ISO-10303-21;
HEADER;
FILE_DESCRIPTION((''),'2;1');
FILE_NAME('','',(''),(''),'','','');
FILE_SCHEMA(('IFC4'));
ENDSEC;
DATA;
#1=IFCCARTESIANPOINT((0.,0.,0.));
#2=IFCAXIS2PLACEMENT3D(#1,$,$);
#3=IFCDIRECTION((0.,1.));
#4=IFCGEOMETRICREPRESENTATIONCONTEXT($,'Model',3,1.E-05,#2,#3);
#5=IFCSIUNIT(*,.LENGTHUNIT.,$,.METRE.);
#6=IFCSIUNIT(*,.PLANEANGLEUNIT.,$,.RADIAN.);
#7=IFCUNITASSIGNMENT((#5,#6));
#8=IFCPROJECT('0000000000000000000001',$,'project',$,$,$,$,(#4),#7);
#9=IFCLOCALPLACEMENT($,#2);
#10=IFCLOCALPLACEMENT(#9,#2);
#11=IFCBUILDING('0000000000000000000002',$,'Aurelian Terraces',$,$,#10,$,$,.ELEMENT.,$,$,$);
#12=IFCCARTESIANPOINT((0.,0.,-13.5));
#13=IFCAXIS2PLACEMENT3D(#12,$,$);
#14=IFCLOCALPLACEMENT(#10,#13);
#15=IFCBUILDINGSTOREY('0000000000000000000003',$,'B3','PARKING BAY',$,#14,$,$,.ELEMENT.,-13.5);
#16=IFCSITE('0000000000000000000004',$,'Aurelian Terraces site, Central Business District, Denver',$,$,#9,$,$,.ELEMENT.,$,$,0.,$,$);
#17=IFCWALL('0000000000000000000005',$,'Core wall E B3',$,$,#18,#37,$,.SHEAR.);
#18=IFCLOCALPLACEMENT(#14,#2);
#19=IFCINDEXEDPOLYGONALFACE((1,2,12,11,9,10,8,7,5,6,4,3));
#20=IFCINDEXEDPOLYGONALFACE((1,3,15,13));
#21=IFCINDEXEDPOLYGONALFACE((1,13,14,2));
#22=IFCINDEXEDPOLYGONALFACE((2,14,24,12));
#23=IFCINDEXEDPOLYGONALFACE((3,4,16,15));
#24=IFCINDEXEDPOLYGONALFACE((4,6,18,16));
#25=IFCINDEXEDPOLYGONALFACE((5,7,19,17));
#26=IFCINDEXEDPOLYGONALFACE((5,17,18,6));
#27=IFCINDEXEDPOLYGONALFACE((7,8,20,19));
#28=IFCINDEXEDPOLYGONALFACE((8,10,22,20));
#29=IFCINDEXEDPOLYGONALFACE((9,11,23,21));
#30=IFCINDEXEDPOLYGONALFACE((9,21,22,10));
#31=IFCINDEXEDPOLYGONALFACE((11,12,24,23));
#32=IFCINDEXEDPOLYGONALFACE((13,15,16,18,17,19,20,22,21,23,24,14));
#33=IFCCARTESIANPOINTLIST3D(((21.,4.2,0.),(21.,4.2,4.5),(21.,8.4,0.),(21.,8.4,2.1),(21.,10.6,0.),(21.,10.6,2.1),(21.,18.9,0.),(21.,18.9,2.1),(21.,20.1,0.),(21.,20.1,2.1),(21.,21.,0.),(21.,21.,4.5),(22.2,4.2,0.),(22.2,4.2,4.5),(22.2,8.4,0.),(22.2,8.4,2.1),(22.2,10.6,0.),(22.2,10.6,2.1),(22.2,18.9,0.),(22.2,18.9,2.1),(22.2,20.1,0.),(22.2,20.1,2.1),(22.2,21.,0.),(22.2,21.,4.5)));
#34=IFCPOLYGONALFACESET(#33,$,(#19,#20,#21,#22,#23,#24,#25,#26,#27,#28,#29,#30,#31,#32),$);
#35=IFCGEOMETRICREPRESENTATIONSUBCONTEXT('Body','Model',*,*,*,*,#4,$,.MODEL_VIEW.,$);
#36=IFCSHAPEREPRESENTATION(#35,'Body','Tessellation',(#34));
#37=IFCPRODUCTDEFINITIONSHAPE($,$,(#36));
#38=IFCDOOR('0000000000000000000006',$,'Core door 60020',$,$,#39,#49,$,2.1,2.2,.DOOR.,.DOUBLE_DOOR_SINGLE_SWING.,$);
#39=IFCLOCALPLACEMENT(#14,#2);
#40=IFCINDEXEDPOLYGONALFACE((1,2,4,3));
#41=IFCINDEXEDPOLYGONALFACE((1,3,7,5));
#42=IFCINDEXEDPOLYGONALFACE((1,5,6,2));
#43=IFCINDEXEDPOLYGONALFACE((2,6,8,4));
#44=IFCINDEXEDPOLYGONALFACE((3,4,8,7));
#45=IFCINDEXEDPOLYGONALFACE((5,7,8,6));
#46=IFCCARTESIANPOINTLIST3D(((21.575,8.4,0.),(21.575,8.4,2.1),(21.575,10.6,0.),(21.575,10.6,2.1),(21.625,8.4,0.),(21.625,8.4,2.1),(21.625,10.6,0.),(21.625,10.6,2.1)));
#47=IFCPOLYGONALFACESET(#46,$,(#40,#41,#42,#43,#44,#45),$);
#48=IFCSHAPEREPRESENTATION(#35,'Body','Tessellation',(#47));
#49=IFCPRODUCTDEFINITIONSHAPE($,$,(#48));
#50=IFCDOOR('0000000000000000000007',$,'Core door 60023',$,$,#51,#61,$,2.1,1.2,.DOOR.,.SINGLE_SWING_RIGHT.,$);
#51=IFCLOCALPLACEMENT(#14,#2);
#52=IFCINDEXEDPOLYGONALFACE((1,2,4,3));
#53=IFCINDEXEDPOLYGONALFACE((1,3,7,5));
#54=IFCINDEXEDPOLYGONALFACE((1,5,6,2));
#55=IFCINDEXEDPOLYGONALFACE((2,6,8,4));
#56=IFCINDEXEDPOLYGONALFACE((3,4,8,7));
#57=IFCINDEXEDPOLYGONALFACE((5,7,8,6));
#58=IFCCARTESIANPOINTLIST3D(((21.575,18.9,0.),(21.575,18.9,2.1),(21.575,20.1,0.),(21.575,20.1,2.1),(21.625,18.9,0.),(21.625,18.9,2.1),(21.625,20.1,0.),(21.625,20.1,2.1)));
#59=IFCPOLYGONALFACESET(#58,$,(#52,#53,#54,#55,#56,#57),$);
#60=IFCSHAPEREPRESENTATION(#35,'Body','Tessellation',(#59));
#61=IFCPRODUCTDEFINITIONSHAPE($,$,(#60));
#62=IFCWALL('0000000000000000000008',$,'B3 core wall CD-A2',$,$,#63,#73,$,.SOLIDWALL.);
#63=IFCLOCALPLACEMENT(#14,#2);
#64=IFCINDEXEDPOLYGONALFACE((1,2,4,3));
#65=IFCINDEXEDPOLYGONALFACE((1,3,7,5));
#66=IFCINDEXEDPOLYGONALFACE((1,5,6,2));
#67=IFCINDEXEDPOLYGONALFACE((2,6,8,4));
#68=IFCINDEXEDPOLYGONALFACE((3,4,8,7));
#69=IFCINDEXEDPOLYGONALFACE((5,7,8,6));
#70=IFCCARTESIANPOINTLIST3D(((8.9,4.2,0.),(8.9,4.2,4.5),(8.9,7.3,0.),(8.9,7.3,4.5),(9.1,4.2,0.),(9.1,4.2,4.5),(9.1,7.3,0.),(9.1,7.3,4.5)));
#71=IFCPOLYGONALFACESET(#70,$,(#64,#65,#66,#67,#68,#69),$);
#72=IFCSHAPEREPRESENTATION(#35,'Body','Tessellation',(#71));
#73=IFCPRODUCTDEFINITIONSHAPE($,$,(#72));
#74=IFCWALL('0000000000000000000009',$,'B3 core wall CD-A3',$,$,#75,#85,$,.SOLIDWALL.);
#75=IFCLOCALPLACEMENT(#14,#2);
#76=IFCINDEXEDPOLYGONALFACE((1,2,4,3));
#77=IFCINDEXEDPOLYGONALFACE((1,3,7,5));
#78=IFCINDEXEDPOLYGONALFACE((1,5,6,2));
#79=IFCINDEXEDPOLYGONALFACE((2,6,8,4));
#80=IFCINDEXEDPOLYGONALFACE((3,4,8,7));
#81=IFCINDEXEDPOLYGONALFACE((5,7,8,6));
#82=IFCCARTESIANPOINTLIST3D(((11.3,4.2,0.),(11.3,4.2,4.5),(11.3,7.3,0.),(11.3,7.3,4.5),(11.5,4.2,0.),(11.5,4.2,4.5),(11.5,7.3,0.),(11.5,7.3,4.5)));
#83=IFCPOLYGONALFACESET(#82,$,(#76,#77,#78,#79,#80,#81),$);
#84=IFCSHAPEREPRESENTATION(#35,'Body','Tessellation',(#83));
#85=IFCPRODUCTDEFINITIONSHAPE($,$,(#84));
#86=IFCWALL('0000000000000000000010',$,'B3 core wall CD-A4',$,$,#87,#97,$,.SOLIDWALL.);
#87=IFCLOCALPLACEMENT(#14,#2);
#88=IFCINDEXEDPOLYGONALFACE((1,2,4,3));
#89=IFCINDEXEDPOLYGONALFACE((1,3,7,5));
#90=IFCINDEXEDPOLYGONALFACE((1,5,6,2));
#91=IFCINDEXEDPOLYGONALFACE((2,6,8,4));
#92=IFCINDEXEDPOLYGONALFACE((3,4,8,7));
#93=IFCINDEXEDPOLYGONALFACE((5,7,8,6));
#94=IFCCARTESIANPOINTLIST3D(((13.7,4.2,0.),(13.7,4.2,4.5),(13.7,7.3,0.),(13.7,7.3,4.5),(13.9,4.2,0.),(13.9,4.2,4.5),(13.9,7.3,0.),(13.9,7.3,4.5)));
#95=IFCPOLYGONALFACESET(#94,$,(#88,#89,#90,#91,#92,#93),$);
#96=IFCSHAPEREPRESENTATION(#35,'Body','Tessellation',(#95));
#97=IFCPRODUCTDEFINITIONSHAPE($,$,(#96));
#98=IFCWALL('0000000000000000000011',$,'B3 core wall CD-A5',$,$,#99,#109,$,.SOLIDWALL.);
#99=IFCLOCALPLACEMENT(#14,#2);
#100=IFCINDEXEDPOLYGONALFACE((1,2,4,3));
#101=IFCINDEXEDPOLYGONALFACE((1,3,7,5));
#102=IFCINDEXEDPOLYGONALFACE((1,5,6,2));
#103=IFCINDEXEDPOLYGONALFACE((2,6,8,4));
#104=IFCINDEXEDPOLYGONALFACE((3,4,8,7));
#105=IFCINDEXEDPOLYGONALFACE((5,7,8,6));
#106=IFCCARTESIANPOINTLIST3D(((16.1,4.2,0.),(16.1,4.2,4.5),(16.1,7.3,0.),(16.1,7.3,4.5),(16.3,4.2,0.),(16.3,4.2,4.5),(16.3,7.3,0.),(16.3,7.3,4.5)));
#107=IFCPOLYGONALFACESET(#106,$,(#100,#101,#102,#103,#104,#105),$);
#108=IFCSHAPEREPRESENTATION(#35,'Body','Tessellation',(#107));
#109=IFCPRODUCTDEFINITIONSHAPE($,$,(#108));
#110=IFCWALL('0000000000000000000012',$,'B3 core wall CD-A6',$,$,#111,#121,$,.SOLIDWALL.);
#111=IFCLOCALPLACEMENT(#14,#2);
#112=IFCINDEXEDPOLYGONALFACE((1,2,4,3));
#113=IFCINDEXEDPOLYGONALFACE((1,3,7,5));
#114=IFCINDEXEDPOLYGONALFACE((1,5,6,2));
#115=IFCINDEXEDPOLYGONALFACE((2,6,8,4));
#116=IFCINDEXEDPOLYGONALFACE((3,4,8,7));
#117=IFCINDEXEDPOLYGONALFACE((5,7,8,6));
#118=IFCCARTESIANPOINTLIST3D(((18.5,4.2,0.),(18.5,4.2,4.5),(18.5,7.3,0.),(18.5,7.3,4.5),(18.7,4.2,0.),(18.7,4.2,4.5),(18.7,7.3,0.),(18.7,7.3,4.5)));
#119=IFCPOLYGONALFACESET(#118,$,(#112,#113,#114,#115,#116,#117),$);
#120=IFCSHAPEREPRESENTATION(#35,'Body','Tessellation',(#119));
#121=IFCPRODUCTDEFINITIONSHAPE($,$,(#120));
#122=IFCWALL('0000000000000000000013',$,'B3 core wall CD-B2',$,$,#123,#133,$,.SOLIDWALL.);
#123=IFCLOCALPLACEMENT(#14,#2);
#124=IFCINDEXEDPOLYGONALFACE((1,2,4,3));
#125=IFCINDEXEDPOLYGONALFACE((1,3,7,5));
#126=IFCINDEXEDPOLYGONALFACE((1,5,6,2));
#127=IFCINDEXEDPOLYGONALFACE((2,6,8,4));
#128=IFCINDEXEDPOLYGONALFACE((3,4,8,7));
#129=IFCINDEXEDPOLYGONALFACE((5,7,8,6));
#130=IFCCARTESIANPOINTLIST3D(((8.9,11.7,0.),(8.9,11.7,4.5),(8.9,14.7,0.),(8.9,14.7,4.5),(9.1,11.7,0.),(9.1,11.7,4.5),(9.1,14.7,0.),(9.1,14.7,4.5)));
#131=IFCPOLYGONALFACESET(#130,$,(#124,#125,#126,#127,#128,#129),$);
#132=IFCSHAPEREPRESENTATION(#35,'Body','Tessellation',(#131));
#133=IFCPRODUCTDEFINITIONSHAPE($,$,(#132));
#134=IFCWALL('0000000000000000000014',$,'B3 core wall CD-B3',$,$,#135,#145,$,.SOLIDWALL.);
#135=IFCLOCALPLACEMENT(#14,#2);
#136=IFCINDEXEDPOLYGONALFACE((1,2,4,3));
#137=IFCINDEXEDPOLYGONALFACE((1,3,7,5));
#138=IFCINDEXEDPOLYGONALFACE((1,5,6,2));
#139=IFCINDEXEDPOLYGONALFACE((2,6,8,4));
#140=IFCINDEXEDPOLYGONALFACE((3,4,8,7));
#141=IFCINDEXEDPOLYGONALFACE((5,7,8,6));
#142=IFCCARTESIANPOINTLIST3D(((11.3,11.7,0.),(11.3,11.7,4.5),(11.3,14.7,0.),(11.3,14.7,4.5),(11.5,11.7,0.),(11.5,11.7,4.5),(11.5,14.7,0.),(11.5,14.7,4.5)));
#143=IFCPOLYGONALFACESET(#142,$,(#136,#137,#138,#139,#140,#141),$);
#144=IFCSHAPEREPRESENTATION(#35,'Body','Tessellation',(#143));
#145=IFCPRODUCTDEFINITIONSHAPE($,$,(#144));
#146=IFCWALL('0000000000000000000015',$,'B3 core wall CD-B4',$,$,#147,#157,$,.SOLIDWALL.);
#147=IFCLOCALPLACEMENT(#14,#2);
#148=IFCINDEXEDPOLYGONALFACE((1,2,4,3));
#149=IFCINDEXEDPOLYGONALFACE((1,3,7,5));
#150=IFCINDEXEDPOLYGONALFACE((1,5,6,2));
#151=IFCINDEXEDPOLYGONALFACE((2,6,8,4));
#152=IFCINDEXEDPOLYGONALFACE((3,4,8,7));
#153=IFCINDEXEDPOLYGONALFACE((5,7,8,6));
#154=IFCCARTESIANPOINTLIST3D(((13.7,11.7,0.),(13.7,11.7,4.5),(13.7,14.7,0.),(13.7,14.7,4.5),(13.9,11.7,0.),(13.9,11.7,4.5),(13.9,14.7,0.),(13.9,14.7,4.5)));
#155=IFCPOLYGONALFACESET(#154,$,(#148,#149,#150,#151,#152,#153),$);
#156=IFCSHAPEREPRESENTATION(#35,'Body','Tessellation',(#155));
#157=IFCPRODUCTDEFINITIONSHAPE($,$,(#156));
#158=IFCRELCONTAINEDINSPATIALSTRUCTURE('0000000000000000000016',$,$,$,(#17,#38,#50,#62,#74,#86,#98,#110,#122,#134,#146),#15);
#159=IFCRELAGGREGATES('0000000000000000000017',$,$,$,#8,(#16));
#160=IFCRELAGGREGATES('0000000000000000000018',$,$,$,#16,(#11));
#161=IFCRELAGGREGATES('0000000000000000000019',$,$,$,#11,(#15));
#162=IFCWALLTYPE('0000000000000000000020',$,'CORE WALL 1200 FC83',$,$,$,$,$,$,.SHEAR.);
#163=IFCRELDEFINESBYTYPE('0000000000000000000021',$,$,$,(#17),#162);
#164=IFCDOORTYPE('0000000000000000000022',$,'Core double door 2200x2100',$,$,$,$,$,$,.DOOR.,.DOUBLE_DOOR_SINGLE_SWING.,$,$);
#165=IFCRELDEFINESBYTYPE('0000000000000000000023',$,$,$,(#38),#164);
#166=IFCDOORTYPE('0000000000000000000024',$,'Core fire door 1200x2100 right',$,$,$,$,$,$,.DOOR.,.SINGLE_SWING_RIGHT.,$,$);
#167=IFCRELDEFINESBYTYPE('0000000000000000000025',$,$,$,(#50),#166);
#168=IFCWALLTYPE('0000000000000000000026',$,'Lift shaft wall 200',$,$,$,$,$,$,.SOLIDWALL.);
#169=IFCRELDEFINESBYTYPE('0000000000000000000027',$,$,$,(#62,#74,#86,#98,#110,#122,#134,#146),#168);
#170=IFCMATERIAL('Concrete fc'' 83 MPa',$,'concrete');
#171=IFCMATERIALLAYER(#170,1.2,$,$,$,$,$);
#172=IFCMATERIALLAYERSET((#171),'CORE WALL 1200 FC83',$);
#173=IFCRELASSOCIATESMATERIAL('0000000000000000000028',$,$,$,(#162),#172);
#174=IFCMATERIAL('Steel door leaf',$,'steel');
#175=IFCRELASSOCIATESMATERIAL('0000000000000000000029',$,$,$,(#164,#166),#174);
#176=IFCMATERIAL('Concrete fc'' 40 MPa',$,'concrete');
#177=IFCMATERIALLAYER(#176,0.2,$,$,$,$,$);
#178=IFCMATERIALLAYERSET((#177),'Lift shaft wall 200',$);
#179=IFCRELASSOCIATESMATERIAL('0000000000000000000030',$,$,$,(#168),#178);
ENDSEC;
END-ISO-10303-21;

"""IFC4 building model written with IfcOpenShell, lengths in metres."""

from ifc_helpers import new_model, si_unit, direction, frame, frame_2d, origin, place, context, subcontext, project, spatial, rectangle, extrude, source, transform, mapped, material, layer, layer_set, type_object, element, fill, save


model = new_model("IFC4")

# Units and contexts
model_context = context("Model", 3, precision=1e-05, world=origin(), true_north=direction((0.0, 1.0)))
body_context = subcontext(model_context, "Body", "Model", "MODEL_VIEW")
ifc_project = project(units=[si_unit("LENGTHUNIT", "METRE"), si_unit("PLANEANGLEUNIT", "RADIAN")], contexts=[model_context])

# Site, building, storey
site_placement = place(None, origin())
site = spatial("IfcSite", under=ifc_project, at=site_placement, Name="Aurelian Terraces site, Central Business District, Denver", CompositionType="ELEMENT", RefElevation=0.0)
building_placement = place(site_placement, origin())
building = spatial("IfcBuilding", under=site, at=building_placement, Name="Aurelian Terraces", CompositionType="ELEMENT")
storey_placement = place(building_placement, frame((0.0, 0.0, -13.5)))
storey = spatial("IfcBuildingStorey", under=building, at=storey_placement, Name="B3", Description="PARKING BAY", CompositionType="ELEMENT", Elevation=-13.5)

# Shared definitions
ifc_material_1 = material(Name="Concrete fc' 83 MPa", Category="concrete")

# Wall, openings, doors
ifc_layer_1 = layer(ifc_material_1, 1.2)
ifc_layer_set_1 = layer_set([ifc_layer_1], Name="CORE WALL 1200 FC83")
wall_type_1 = type_object("IfcWallType", Name="CORE WALL 1200 FC83", PredefinedType="SHEAR", material=ifc_layer_set_1)
wall_placement = place(storey_placement, frame((21.6, 4.2, 0.0), z_axis=(0.0, 0.0, 1.0), x_axis=(0.0, 1.0, 0.0)))
wall = element("IfcWall", 1, at=wall_placement, inside=storey, type_object=wall_type_1, Name="Core wall E B3", PredefinedType="SHEAR", context=body_context, shape_type="SweptSolid", body=[
    extrude(rectangle(XDim=16.8, YDim=1.2, at=frame_2d((8.4, 0.0))), origin(), (0.0, 0.0, 1.0), 4.5),
])
opening_1_placement = place(wall_placement, frame((4.2, 0.0, 0.0)))
opening_1 = element("IfcOpeningElement", 2, at=opening_1_placement, cuts=wall, PredefinedType="OPENING", context=body_context, shape_type="SweptSolid", body=[
    extrude(rectangle(XDim=2.2, YDim=2.1, at=frame_2d((1.1, 1.05))), frame((0.0, 0.61, 0.0), z_axis=(0.0, -1.0, 0.0), x_axis=(1.0, 0.0, 0.0)), (0.0, 0.0, 1.0), 1.22),
])
shared_shape_1 = source(origin(), body_context, "Body", "SweptSolid", [
    extrude(rectangle(XDim=1.2, YDim=2.1, at=frame_2d((0.6, 1.05))), frame((0.0, 0.61, 0.0), z_axis=(0.0, -1.0, 0.0), x_axis=(1.0, 0.0, 0.0)), (0.0, 0.0, 1.0), 1.22),
])
opening_2_placement = place(wall_placement, frame((14.7, 0.0, 0.0)))
opening_2 = element("IfcOpeningElement", 3, at=opening_2_placement, cuts=wall, PredefinedType="OPENING", context=body_context, shape_type="MappedRepresentation", body=[
    mapped(shared_shape_1, transform((0.0, 0.0, 0.0), scale=1.0)),
])
ifc_material_2 = material(Name="Steel door leaf", Category="steel")
door_type_1 = type_object("IfcDoorType", Name="Core double door 2200x2100", OperationType="DOUBLE_DOOR_SINGLE_SWING", PredefinedType="DOOR", material=ifc_material_2)
door_1_placement = place(opening_1_placement, origin())
door_1 = element("IfcDoor", 4, at=door_1_placement, inside=storey, type_object=door_type_1, Name="Core door 60020", OperationType="DOUBLE_DOOR_SINGLE_SWING", OverallHeight=2.1, OverallWidth=2.2, PredefinedType="DOOR", context=body_context, shape_type="SweptSolid", body=[
    extrude(rectangle(XDim=2.2, YDim=2.1, at=frame_2d((1.1, 1.05))), frame((0.0, 0.025, 0.0), z_axis=(0.0, -1.0, 0.0), x_axis=(1.0, 0.0, 0.0)), (0.0, 0.0, 1.0), 0.05),
])
fill(opening_1, door_1)
door_type_2 = type_object("IfcDoorType", Name="Core fire door 1200x2100 right", OperationType="SINGLE_SWING_RIGHT", PredefinedType="DOOR", material=ifc_material_2)
shared_shape_2 = source(origin(), body_context, "Body", "SweptSolid", [
    extrude(rectangle(XDim=1.2, YDim=2.1, at=frame_2d((0.6, 1.05))), frame((0.0, 0.025, 0.0), z_axis=(0.0, -1.0, 0.0), x_axis=(1.0, 0.0, 0.0)), (0.0, 0.0, 1.0), 0.05),
])
door_2_placement = place(opening_2_placement, origin())
door_2 = element("IfcDoor", 5, at=door_2_placement, inside=storey, type_object=door_type_2, Name="Core door 60023", OperationType="SINGLE_SWING_RIGHT", OverallHeight=2.1, OverallWidth=1.2, PredefinedType="DOOR", context=body_context, shape_type="MappedRepresentation", body=[
    mapped(shared_shape_2, transform((0.0, 0.0, 0.0), scale=1.0)),
])
fill(opening_2, door_2)

# Walls
ifc_material_3 = material(Name="Concrete fc' 40 MPa", Category="concrete")
ifc_layer_2 = layer(ifc_material_3, 0.2)
ifc_layer_set_2 = layer_set([ifc_layer_2], Name="Lift shaft wall 200")
wall_type_2 = type_object("IfcWallType", Name="Lift shaft wall 200", PredefinedType="SOLIDWALL", material=ifc_layer_set_2)
shared_shape_3 = source(origin(), body_context, "Body", "SweptSolid", [
    extrude(rectangle(XDim=3.1, YDim=0.2, at=frame_2d((1.55, 0.0))), origin(), (0.0, 0.0, 1.0), 4.5),
])
for number, where, z_axis, x_axis, name in (
    (6, (9.0, 4.2, 0.0), (0.0, 0.0, 1.0), (0.0, 1.0, 0.0), "B3 core wall CD-A2"),
    (7, (11.4, 4.2, 0.0), (0.0, 0.0, 1.0), (0.0, 1.0, 0.0), "B3 core wall CD-A3"),
    (8, (13.8, 4.2, 0.0), (0.0, 0.0, 1.0), (0.0, 1.0, 0.0), "B3 core wall CD-A4"),
    (9, (16.2, 4.2, 0.0), (0.0, 0.0, 1.0), (0.0, 1.0, 0.0), "B3 core wall CD-A5"),
    (10, (18.6, 4.2, 0.0), (0.0, 0.0, 1.0), (0.0, 1.0, 0.0), "B3 core wall CD-A6"),
):
    element("IfcWall", number, at=place(storey_placement, frame(where, z_axis=z_axis, x_axis=x_axis)), inside=storey, type_object=wall_type_2, Name=name, PredefinedType="SOLIDWALL", context=body_context, shape_type="MappedRepresentation", body=[
        mapped(shared_shape_3, transform((0.0, 0.0, 0.0), scale=1.0)),
    ])
shared_shape_4 = source(origin(), body_context, "Body", "SweptSolid", [
    extrude(rectangle(XDim=3.0, YDim=0.2, at=frame_2d((1.5, 0.0))), origin(), (0.0, 0.0, 1.0), 4.5),
])
for number, where, z_axis, x_axis, name in (
    (11, (9.0, 11.7, 0.0), (0.0, 0.0, 1.0), (0.0, 1.0, 0.0), "B3 core wall CD-B2"),
    (12, (11.4, 11.7, 0.0), (0.0, 0.0, 1.0), (0.0, 1.0, 0.0), "B3 core wall CD-B3"),
    (13, (13.8, 11.7, 0.0), (0.0, 0.0, 1.0), (0.0, 1.0, 0.0), "B3 core wall CD-B4"),
):
    element("IfcWall", number, at=place(storey_placement, frame(where, z_axis=z_axis, x_axis=x_axis)), inside=storey, type_object=wall_type_2, Name=name, PredefinedType="SOLIDWALL", context=body_context, shape_type="MappedRepresentation", body=[
        mapped(shared_shape_4, transform((0.0, 0.0, 0.0), scale=1.0)),
    ])

save(model, "model.ifc")
